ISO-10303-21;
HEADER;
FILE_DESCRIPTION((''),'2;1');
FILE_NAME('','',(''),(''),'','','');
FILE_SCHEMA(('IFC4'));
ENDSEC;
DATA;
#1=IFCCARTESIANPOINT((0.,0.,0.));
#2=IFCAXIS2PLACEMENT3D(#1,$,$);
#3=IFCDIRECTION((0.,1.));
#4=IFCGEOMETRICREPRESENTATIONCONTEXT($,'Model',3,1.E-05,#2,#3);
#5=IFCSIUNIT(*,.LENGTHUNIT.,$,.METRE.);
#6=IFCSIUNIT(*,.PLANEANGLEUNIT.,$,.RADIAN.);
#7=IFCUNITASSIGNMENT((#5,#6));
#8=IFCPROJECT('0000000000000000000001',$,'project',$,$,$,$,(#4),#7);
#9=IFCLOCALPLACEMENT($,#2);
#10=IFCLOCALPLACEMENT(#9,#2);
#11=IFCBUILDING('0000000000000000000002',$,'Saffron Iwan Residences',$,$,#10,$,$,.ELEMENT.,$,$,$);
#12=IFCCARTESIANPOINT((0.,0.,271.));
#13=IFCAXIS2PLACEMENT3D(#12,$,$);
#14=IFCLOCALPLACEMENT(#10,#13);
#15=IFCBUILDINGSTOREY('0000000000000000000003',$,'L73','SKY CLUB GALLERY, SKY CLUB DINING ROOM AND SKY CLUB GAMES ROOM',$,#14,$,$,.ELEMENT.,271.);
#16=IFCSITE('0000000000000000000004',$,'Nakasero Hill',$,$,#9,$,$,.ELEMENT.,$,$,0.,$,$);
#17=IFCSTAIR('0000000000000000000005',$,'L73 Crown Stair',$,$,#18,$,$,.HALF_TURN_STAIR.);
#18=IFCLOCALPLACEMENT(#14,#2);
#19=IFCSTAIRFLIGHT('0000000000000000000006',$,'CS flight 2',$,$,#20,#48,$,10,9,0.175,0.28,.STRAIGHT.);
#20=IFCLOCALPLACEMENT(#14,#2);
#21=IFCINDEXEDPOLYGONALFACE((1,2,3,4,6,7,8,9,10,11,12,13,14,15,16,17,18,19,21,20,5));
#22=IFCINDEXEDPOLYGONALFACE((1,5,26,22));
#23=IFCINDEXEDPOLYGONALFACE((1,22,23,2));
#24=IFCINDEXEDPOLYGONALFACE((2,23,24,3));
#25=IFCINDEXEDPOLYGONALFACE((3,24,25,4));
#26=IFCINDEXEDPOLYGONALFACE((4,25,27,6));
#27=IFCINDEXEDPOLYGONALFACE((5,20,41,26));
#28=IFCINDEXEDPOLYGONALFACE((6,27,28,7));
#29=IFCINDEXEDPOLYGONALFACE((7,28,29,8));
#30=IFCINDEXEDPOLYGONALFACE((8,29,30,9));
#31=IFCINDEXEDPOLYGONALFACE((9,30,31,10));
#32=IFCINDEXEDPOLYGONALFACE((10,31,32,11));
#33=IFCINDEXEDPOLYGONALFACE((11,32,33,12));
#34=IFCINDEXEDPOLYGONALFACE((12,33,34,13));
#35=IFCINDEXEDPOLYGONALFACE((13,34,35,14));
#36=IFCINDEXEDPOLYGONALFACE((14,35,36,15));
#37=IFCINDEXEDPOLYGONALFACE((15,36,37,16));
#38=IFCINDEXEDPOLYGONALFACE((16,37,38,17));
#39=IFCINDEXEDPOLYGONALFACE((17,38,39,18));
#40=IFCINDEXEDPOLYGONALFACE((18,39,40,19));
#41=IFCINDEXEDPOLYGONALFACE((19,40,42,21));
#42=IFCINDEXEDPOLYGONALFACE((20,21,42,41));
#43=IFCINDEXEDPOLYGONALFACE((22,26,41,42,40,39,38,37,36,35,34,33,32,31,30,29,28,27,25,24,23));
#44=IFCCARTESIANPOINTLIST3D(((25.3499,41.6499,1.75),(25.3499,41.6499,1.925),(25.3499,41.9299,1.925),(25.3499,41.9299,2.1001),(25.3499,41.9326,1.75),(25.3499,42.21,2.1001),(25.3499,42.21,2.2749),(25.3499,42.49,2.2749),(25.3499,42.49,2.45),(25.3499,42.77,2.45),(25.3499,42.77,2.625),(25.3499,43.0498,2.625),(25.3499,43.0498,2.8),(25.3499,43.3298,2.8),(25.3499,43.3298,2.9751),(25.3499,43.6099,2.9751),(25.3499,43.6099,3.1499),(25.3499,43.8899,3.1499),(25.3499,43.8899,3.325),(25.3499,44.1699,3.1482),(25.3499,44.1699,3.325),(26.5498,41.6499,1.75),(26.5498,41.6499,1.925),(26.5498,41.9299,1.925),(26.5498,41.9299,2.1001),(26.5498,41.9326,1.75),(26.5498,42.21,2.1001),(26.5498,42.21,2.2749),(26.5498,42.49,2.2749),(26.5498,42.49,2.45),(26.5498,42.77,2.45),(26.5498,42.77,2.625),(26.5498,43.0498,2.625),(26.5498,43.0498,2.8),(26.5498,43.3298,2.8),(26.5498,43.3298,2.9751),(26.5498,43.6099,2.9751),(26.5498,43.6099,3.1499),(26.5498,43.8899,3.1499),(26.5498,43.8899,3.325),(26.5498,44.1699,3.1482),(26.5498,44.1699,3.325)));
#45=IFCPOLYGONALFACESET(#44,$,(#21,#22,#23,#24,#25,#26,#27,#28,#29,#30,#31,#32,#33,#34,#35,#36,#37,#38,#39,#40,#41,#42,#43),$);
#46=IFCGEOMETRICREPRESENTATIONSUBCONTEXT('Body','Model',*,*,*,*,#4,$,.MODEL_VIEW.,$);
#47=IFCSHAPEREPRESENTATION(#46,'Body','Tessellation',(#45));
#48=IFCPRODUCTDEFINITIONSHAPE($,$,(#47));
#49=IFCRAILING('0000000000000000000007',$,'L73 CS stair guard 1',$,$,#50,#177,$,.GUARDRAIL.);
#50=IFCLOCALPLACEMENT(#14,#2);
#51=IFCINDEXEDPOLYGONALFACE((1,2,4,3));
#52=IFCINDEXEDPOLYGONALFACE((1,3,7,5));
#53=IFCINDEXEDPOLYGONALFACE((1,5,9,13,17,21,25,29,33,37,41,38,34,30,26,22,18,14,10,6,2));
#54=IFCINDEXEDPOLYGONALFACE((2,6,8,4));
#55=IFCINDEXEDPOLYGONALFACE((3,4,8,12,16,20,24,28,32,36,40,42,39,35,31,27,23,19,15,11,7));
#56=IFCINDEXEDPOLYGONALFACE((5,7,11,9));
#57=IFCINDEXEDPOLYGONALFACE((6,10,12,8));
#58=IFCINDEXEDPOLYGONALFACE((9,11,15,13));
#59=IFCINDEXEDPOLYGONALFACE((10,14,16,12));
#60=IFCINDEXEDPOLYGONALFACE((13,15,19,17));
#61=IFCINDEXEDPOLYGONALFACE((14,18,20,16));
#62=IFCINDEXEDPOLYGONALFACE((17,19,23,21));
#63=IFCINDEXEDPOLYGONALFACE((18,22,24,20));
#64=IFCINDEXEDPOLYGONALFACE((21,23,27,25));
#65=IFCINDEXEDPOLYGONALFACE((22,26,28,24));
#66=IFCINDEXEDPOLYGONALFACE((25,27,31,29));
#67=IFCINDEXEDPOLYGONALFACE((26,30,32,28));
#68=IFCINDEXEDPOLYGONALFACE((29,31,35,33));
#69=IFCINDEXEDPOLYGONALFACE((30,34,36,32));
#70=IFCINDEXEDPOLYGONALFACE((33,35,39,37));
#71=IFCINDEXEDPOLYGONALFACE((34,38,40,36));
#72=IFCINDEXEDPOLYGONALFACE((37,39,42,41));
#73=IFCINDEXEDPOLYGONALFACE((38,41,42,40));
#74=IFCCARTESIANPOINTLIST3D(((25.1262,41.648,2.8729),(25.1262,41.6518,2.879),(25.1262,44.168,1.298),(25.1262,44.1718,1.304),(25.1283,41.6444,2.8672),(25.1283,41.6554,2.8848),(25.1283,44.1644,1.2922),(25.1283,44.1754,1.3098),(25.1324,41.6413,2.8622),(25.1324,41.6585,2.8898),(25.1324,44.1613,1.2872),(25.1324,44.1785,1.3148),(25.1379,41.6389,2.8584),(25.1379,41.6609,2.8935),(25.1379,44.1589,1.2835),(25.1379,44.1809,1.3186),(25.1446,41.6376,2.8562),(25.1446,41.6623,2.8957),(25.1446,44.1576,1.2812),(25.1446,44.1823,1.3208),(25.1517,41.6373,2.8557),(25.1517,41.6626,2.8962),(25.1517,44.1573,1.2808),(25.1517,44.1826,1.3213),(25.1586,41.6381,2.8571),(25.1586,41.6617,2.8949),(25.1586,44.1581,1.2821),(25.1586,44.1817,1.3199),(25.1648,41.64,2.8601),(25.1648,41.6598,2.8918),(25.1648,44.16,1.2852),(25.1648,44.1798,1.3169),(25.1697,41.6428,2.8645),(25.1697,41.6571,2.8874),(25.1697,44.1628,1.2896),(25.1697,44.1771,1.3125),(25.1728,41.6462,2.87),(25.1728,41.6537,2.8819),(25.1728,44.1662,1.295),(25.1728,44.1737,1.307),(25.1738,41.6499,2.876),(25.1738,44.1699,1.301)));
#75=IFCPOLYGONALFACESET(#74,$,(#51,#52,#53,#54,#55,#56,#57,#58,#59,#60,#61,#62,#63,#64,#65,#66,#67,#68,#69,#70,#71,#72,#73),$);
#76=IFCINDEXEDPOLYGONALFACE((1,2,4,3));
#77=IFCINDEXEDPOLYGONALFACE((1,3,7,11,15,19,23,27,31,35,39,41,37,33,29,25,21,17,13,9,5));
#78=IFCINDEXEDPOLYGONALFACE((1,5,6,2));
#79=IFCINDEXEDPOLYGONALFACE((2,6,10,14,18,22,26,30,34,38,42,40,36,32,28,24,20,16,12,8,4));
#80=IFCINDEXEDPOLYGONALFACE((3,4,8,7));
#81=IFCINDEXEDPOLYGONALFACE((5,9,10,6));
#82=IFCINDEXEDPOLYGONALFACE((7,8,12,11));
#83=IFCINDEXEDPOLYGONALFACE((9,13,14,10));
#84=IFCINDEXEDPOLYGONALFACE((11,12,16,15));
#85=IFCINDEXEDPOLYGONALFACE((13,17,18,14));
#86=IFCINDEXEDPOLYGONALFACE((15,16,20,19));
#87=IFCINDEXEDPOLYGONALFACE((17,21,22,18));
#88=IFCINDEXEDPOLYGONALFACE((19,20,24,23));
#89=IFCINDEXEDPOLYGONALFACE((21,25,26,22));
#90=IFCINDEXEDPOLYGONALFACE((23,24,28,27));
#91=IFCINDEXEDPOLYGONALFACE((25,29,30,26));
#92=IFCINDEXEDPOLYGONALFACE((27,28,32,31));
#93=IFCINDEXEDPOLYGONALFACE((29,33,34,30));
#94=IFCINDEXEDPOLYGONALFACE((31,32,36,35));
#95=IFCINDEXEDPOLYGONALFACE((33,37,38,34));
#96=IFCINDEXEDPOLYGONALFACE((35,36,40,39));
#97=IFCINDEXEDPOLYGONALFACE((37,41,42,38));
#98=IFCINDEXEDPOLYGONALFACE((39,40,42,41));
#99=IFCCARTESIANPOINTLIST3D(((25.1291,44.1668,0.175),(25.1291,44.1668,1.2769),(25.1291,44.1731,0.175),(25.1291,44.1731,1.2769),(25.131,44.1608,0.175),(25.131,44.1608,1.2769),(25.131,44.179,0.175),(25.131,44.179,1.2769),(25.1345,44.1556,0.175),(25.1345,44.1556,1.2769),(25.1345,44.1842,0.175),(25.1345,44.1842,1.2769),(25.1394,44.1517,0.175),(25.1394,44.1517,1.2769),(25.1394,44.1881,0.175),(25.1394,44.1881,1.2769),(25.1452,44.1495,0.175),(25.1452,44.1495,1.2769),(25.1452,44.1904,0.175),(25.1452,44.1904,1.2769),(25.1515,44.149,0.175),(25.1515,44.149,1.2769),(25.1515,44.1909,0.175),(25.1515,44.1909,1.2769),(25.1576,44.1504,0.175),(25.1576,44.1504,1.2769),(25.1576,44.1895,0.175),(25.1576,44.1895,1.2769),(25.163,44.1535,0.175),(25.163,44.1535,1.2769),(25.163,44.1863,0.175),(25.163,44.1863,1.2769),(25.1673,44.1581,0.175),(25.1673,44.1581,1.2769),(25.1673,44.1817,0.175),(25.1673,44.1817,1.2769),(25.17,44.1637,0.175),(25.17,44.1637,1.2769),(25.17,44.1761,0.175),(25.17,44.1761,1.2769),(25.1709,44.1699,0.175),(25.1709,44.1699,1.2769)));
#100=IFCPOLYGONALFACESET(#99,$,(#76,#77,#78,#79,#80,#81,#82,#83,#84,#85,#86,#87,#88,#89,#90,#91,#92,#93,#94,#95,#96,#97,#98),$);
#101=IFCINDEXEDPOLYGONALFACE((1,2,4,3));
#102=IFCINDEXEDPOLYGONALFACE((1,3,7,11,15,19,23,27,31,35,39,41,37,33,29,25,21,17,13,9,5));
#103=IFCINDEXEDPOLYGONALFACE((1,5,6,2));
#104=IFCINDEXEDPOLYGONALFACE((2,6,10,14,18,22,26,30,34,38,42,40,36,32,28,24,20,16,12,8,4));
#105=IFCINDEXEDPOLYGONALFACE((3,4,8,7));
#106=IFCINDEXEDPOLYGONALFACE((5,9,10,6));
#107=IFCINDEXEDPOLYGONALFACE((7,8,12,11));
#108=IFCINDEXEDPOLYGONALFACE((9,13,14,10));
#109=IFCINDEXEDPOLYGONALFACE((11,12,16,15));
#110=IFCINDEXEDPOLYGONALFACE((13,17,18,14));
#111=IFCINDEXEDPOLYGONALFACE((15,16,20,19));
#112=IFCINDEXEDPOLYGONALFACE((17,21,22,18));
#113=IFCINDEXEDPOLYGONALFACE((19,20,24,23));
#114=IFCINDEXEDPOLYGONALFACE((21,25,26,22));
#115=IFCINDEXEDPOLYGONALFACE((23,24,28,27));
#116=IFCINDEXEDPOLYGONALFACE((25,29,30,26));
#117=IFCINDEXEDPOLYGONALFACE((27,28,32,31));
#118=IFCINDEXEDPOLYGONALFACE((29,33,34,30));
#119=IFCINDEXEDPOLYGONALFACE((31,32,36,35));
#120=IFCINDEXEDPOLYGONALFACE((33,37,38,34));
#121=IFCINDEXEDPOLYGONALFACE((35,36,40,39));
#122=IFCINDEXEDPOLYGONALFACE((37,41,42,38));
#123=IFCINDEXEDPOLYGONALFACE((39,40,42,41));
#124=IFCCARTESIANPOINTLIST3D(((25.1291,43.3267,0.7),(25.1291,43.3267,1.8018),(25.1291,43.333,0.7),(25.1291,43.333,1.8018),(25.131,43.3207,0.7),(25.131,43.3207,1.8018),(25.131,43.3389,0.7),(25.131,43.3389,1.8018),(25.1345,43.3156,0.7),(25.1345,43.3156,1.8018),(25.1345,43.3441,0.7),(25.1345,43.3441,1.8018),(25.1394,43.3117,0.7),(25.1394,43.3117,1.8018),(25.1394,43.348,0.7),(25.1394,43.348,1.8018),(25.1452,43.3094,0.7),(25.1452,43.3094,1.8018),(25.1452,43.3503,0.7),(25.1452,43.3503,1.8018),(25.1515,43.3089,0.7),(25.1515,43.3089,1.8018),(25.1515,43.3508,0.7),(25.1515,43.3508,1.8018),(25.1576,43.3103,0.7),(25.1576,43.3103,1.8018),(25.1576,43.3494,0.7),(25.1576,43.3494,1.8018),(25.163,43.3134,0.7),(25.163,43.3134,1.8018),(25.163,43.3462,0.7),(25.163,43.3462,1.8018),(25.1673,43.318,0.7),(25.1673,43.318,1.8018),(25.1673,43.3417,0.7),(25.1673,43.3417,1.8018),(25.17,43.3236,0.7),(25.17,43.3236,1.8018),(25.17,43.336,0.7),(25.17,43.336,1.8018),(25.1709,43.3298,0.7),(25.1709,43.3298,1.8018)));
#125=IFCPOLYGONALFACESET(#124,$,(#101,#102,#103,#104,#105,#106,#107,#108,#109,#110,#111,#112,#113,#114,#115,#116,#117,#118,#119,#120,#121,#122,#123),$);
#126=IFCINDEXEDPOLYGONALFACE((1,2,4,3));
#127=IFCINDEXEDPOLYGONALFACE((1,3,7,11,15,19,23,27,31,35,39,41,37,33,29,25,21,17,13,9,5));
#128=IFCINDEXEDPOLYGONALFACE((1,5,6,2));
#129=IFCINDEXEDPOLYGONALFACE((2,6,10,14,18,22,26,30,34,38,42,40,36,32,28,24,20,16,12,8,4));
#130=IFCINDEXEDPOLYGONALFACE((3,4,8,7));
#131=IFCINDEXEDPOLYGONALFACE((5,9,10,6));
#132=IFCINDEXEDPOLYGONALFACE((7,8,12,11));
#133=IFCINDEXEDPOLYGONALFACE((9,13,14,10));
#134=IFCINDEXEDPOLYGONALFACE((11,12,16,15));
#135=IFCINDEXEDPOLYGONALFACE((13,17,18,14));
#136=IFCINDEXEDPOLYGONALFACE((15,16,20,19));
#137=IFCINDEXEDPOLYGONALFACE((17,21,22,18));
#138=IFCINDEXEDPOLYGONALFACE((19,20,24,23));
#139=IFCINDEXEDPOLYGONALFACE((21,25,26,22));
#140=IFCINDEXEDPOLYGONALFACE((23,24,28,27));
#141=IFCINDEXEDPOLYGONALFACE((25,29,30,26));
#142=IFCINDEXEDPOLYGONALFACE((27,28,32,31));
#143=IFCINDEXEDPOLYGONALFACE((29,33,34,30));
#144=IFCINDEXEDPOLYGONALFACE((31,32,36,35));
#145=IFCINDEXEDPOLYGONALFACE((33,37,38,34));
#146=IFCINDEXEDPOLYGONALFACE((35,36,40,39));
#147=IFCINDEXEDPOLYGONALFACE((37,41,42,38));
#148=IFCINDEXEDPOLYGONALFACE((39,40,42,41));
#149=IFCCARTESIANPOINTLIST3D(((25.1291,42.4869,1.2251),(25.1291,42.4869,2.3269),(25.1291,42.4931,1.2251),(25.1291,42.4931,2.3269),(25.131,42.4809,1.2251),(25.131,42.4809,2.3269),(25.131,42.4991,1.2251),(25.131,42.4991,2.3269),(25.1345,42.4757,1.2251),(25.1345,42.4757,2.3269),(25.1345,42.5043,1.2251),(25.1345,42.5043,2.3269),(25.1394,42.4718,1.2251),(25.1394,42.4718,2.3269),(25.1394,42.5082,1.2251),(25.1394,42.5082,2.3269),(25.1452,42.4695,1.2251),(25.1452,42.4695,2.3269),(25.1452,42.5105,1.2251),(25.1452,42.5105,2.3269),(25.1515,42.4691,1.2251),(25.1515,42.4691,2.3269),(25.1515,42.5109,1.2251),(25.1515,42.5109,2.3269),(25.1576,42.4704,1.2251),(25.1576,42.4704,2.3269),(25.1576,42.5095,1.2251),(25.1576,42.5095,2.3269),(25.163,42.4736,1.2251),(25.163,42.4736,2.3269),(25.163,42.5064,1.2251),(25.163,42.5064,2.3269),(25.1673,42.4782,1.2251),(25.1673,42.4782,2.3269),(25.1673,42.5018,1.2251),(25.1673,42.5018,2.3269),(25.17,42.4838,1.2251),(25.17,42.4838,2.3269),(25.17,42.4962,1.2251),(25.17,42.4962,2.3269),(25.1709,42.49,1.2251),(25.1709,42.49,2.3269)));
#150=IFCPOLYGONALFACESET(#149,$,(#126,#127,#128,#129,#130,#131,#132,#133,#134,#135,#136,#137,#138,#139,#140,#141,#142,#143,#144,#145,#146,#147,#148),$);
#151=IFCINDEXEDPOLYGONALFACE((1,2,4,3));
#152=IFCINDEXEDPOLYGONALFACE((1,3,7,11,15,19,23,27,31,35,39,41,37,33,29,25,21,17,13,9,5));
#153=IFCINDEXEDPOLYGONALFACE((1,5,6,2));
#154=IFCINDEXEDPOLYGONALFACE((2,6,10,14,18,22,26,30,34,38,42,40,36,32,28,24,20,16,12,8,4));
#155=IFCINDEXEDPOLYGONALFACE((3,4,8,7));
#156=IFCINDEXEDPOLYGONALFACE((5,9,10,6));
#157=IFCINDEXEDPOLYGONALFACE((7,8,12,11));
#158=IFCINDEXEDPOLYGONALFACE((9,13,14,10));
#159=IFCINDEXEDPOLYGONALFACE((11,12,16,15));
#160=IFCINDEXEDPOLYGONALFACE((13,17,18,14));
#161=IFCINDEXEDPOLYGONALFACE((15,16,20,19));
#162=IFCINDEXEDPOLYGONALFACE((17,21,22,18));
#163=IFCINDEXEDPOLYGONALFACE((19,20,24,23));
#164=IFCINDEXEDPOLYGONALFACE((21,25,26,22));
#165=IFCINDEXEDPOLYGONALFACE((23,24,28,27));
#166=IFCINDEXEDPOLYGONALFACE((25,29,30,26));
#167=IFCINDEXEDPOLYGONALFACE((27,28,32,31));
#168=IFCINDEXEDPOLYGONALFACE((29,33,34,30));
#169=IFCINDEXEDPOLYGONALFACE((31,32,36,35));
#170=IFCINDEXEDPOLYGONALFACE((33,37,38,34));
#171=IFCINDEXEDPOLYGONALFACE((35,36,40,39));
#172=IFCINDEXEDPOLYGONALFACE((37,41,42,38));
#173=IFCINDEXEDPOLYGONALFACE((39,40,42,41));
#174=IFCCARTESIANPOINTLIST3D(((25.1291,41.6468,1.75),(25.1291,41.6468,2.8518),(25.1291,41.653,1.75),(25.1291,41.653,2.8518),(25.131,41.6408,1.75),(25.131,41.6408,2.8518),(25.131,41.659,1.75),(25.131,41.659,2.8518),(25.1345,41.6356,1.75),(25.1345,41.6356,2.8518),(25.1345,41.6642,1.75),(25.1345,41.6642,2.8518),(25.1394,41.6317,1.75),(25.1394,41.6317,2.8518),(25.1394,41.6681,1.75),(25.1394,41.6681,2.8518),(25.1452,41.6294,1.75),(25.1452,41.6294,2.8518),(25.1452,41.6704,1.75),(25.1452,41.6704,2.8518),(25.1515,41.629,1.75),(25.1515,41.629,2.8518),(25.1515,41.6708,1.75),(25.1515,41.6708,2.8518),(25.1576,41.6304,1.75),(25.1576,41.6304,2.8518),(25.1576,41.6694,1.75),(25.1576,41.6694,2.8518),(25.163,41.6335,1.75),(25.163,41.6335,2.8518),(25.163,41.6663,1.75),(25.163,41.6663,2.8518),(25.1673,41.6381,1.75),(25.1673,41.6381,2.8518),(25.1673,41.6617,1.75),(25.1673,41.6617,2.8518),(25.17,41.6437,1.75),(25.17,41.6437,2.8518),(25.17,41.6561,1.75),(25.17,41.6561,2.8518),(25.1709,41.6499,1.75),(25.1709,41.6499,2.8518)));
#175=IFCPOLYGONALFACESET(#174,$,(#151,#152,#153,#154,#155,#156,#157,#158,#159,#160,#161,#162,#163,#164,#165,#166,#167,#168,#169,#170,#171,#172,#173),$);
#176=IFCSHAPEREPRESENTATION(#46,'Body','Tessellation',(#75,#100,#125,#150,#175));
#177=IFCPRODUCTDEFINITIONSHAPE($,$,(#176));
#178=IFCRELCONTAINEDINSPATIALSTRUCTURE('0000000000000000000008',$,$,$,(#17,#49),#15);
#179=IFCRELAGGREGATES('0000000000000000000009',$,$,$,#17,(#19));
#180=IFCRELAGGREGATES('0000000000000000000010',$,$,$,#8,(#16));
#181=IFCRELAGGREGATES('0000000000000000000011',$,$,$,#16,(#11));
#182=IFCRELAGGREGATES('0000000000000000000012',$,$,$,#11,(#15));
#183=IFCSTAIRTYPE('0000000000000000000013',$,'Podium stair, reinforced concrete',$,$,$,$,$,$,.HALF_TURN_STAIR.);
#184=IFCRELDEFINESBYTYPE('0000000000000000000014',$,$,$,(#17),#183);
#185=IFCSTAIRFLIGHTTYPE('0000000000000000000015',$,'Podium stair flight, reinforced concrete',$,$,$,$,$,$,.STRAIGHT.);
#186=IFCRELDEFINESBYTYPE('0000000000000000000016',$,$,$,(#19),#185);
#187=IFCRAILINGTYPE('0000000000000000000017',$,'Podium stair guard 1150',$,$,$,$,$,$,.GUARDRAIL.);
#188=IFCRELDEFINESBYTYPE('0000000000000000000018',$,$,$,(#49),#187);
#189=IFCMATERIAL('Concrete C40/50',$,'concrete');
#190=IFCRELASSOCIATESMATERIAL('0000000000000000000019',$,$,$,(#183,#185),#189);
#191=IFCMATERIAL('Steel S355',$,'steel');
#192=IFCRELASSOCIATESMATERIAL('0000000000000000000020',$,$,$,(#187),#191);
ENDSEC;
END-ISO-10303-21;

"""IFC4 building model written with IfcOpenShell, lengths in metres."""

from ifc_helpers import new_model, si_unit, direction, frame, origin, origin_2d, place, context, subcontext, project, spatial, polyline, circle, outline, extrude, material, type_object, element, aggregate, save


model = new_model("IFC4")

# Units and contexts
model_context = context("Model", 3, precision=1e-05, world=origin(), true_north=direction((0.0, 1.0)))
body_context = subcontext(model_context, "Body", "Model", "MODEL_VIEW")
ifc_project = project(units=[si_unit("LENGTHUNIT", "METRE"), si_unit("PLANEANGLEUNIT", "RADIAN")], contexts=[model_context])

# Site, building, storey
site_placement = place(None, origin())
site = spatial("IfcSite", under=ifc_project, at=site_placement, Name="Nakasero Hill", CompositionType="ELEMENT", RefElevation=0.0)
building_placement = place(site_placement, origin())
building = spatial("IfcBuilding", under=site, at=building_placement, Name="Saffron Iwan Residences", CompositionType="ELEMENT")
storey_placement = place(building_placement, frame((0.0, 0.0, 271.0)))
storey = spatial("IfcBuildingStorey", under=building, at=storey_placement, Name="L73", Description="SKY CLUB GALLERY, SKY CLUB DINING ROOM AND SKY CLUB GAMES ROOM", CompositionType="ELEMENT", Elevation=271.0)

# Shared definitions
ifc_material_1 = material(Name="Concrete C40/50", Category="concrete")

# Stair, stair flight
stair_type = type_object("IfcStairType", Name="Podium stair, reinforced concrete", PredefinedType="HALF_TURN_STAIR", material=ifc_material_1)
stair_placement = place(storey_placement, origin())
stair = element("IfcStair", 1, at=stair_placement, inside=storey, type_object=stair_type, Name="L73 Crown Stair", PredefinedType="HALF_TURN_STAIR")
stair_flight_type = type_object("IfcStairFlightType", Name="Podium stair flight, reinforced concrete", PredefinedType="STRAIGHT", material=ifc_material_1)
stair_flight_1_placement = place(storey_placement, frame((25.95, 41.6499, 1.75), z_axis=(0.0, 0.0, 1.0), x_axis=(0.0, 1.0, 0.0)))
stair_flight_1 = element("IfcStairFlight", 2, at=stair_flight_1_placement, type_object=stair_flight_type, Name="CS flight 2", NumberOfRisers=10, NumberOfTreads=9, PredefinedType="STRAIGHT", RiserHeight=0.175, TreadLength=0.28, context=body_context, shape_type="SweptSolid", body=[
    extrude(outline(polyline([(0.0, 0.0), (0.0, 0.175), (0.28, 0.175), (0.28, 0.3501), (0.5601, 0.3501), (0.5601, 0.5249), (0.8401, 0.5249), (0.8401, 0.7), (1.1201, 0.7), (1.1201, 0.875), (1.3999, 0.875), (1.3999, 1.05), (1.6799, 1.05), (1.6799, 1.2251), (1.96, 1.2251), (1.96, 1.3999), (2.24, 1.3999), (2.24, 1.575), (2.52, 1.575), (2.52, 1.75), (2.52, 1.3982), (0.2827, 0.0), (0.0, 0.0)])), frame((0.0, 0.6001, 0.0), z_axis=(0.0, -1.0, 0.0), x_axis=(1.0, 0.0, 0.0)), (0.0, 0.0, 1.0), 1.2),
])
aggregate(stair, [stair_flight_1])

# Railing
ifc_material_2 = material(Name="Steel S355", Category="steel")
railing_type_1 = type_object("IfcRailingType", Name="Podium stair guard 1150", PredefinedType="GUARDRAIL", material=ifc_material_2)
railing_1_placement = place(storey_placement, frame((25.1499, 44.1699, 0.175)))
element("IfcRailing", 3, at=railing_1_placement, inside=storey, type_object=railing_type_1, Name="L73 CS stair guard 1", PredefinedType="GUARDRAIL", context=body_context, shape_type="SweptSolid", body=[
    extrude(circle(Radius=0.0239, at=origin_2d()), frame((0.0, 0.0, 1.126), z_axis=(0.0, -0.848008, 0.529984), x_axis=(1.0, 0.0, 0.0)), (0.0, 0.0, 1.0), 2.9717),
    extrude(circle(Radius=0.021, at=origin_2d()), origin(), (0.0, 0.0, 1.0), 1.1018),
    extrude(circle(Radius=0.021, at=origin_2d()), frame((0.0, -0.8401, 0.5249)), (0.0, 0.0, 1.0), 1.1018),
    extrude(circle(Radius=0.021, at=origin_2d()), frame((0.0, -1.6799, 1.05)), (0.0, 0.0, 1.0), 1.1018),
    extrude(circle(Radius=0.021, at=origin_2d()), frame((0.0, -2.52, 1.575)), (0.0, 0.0, 1.0), 1.1018),
])

save(model, "model.ifc")
